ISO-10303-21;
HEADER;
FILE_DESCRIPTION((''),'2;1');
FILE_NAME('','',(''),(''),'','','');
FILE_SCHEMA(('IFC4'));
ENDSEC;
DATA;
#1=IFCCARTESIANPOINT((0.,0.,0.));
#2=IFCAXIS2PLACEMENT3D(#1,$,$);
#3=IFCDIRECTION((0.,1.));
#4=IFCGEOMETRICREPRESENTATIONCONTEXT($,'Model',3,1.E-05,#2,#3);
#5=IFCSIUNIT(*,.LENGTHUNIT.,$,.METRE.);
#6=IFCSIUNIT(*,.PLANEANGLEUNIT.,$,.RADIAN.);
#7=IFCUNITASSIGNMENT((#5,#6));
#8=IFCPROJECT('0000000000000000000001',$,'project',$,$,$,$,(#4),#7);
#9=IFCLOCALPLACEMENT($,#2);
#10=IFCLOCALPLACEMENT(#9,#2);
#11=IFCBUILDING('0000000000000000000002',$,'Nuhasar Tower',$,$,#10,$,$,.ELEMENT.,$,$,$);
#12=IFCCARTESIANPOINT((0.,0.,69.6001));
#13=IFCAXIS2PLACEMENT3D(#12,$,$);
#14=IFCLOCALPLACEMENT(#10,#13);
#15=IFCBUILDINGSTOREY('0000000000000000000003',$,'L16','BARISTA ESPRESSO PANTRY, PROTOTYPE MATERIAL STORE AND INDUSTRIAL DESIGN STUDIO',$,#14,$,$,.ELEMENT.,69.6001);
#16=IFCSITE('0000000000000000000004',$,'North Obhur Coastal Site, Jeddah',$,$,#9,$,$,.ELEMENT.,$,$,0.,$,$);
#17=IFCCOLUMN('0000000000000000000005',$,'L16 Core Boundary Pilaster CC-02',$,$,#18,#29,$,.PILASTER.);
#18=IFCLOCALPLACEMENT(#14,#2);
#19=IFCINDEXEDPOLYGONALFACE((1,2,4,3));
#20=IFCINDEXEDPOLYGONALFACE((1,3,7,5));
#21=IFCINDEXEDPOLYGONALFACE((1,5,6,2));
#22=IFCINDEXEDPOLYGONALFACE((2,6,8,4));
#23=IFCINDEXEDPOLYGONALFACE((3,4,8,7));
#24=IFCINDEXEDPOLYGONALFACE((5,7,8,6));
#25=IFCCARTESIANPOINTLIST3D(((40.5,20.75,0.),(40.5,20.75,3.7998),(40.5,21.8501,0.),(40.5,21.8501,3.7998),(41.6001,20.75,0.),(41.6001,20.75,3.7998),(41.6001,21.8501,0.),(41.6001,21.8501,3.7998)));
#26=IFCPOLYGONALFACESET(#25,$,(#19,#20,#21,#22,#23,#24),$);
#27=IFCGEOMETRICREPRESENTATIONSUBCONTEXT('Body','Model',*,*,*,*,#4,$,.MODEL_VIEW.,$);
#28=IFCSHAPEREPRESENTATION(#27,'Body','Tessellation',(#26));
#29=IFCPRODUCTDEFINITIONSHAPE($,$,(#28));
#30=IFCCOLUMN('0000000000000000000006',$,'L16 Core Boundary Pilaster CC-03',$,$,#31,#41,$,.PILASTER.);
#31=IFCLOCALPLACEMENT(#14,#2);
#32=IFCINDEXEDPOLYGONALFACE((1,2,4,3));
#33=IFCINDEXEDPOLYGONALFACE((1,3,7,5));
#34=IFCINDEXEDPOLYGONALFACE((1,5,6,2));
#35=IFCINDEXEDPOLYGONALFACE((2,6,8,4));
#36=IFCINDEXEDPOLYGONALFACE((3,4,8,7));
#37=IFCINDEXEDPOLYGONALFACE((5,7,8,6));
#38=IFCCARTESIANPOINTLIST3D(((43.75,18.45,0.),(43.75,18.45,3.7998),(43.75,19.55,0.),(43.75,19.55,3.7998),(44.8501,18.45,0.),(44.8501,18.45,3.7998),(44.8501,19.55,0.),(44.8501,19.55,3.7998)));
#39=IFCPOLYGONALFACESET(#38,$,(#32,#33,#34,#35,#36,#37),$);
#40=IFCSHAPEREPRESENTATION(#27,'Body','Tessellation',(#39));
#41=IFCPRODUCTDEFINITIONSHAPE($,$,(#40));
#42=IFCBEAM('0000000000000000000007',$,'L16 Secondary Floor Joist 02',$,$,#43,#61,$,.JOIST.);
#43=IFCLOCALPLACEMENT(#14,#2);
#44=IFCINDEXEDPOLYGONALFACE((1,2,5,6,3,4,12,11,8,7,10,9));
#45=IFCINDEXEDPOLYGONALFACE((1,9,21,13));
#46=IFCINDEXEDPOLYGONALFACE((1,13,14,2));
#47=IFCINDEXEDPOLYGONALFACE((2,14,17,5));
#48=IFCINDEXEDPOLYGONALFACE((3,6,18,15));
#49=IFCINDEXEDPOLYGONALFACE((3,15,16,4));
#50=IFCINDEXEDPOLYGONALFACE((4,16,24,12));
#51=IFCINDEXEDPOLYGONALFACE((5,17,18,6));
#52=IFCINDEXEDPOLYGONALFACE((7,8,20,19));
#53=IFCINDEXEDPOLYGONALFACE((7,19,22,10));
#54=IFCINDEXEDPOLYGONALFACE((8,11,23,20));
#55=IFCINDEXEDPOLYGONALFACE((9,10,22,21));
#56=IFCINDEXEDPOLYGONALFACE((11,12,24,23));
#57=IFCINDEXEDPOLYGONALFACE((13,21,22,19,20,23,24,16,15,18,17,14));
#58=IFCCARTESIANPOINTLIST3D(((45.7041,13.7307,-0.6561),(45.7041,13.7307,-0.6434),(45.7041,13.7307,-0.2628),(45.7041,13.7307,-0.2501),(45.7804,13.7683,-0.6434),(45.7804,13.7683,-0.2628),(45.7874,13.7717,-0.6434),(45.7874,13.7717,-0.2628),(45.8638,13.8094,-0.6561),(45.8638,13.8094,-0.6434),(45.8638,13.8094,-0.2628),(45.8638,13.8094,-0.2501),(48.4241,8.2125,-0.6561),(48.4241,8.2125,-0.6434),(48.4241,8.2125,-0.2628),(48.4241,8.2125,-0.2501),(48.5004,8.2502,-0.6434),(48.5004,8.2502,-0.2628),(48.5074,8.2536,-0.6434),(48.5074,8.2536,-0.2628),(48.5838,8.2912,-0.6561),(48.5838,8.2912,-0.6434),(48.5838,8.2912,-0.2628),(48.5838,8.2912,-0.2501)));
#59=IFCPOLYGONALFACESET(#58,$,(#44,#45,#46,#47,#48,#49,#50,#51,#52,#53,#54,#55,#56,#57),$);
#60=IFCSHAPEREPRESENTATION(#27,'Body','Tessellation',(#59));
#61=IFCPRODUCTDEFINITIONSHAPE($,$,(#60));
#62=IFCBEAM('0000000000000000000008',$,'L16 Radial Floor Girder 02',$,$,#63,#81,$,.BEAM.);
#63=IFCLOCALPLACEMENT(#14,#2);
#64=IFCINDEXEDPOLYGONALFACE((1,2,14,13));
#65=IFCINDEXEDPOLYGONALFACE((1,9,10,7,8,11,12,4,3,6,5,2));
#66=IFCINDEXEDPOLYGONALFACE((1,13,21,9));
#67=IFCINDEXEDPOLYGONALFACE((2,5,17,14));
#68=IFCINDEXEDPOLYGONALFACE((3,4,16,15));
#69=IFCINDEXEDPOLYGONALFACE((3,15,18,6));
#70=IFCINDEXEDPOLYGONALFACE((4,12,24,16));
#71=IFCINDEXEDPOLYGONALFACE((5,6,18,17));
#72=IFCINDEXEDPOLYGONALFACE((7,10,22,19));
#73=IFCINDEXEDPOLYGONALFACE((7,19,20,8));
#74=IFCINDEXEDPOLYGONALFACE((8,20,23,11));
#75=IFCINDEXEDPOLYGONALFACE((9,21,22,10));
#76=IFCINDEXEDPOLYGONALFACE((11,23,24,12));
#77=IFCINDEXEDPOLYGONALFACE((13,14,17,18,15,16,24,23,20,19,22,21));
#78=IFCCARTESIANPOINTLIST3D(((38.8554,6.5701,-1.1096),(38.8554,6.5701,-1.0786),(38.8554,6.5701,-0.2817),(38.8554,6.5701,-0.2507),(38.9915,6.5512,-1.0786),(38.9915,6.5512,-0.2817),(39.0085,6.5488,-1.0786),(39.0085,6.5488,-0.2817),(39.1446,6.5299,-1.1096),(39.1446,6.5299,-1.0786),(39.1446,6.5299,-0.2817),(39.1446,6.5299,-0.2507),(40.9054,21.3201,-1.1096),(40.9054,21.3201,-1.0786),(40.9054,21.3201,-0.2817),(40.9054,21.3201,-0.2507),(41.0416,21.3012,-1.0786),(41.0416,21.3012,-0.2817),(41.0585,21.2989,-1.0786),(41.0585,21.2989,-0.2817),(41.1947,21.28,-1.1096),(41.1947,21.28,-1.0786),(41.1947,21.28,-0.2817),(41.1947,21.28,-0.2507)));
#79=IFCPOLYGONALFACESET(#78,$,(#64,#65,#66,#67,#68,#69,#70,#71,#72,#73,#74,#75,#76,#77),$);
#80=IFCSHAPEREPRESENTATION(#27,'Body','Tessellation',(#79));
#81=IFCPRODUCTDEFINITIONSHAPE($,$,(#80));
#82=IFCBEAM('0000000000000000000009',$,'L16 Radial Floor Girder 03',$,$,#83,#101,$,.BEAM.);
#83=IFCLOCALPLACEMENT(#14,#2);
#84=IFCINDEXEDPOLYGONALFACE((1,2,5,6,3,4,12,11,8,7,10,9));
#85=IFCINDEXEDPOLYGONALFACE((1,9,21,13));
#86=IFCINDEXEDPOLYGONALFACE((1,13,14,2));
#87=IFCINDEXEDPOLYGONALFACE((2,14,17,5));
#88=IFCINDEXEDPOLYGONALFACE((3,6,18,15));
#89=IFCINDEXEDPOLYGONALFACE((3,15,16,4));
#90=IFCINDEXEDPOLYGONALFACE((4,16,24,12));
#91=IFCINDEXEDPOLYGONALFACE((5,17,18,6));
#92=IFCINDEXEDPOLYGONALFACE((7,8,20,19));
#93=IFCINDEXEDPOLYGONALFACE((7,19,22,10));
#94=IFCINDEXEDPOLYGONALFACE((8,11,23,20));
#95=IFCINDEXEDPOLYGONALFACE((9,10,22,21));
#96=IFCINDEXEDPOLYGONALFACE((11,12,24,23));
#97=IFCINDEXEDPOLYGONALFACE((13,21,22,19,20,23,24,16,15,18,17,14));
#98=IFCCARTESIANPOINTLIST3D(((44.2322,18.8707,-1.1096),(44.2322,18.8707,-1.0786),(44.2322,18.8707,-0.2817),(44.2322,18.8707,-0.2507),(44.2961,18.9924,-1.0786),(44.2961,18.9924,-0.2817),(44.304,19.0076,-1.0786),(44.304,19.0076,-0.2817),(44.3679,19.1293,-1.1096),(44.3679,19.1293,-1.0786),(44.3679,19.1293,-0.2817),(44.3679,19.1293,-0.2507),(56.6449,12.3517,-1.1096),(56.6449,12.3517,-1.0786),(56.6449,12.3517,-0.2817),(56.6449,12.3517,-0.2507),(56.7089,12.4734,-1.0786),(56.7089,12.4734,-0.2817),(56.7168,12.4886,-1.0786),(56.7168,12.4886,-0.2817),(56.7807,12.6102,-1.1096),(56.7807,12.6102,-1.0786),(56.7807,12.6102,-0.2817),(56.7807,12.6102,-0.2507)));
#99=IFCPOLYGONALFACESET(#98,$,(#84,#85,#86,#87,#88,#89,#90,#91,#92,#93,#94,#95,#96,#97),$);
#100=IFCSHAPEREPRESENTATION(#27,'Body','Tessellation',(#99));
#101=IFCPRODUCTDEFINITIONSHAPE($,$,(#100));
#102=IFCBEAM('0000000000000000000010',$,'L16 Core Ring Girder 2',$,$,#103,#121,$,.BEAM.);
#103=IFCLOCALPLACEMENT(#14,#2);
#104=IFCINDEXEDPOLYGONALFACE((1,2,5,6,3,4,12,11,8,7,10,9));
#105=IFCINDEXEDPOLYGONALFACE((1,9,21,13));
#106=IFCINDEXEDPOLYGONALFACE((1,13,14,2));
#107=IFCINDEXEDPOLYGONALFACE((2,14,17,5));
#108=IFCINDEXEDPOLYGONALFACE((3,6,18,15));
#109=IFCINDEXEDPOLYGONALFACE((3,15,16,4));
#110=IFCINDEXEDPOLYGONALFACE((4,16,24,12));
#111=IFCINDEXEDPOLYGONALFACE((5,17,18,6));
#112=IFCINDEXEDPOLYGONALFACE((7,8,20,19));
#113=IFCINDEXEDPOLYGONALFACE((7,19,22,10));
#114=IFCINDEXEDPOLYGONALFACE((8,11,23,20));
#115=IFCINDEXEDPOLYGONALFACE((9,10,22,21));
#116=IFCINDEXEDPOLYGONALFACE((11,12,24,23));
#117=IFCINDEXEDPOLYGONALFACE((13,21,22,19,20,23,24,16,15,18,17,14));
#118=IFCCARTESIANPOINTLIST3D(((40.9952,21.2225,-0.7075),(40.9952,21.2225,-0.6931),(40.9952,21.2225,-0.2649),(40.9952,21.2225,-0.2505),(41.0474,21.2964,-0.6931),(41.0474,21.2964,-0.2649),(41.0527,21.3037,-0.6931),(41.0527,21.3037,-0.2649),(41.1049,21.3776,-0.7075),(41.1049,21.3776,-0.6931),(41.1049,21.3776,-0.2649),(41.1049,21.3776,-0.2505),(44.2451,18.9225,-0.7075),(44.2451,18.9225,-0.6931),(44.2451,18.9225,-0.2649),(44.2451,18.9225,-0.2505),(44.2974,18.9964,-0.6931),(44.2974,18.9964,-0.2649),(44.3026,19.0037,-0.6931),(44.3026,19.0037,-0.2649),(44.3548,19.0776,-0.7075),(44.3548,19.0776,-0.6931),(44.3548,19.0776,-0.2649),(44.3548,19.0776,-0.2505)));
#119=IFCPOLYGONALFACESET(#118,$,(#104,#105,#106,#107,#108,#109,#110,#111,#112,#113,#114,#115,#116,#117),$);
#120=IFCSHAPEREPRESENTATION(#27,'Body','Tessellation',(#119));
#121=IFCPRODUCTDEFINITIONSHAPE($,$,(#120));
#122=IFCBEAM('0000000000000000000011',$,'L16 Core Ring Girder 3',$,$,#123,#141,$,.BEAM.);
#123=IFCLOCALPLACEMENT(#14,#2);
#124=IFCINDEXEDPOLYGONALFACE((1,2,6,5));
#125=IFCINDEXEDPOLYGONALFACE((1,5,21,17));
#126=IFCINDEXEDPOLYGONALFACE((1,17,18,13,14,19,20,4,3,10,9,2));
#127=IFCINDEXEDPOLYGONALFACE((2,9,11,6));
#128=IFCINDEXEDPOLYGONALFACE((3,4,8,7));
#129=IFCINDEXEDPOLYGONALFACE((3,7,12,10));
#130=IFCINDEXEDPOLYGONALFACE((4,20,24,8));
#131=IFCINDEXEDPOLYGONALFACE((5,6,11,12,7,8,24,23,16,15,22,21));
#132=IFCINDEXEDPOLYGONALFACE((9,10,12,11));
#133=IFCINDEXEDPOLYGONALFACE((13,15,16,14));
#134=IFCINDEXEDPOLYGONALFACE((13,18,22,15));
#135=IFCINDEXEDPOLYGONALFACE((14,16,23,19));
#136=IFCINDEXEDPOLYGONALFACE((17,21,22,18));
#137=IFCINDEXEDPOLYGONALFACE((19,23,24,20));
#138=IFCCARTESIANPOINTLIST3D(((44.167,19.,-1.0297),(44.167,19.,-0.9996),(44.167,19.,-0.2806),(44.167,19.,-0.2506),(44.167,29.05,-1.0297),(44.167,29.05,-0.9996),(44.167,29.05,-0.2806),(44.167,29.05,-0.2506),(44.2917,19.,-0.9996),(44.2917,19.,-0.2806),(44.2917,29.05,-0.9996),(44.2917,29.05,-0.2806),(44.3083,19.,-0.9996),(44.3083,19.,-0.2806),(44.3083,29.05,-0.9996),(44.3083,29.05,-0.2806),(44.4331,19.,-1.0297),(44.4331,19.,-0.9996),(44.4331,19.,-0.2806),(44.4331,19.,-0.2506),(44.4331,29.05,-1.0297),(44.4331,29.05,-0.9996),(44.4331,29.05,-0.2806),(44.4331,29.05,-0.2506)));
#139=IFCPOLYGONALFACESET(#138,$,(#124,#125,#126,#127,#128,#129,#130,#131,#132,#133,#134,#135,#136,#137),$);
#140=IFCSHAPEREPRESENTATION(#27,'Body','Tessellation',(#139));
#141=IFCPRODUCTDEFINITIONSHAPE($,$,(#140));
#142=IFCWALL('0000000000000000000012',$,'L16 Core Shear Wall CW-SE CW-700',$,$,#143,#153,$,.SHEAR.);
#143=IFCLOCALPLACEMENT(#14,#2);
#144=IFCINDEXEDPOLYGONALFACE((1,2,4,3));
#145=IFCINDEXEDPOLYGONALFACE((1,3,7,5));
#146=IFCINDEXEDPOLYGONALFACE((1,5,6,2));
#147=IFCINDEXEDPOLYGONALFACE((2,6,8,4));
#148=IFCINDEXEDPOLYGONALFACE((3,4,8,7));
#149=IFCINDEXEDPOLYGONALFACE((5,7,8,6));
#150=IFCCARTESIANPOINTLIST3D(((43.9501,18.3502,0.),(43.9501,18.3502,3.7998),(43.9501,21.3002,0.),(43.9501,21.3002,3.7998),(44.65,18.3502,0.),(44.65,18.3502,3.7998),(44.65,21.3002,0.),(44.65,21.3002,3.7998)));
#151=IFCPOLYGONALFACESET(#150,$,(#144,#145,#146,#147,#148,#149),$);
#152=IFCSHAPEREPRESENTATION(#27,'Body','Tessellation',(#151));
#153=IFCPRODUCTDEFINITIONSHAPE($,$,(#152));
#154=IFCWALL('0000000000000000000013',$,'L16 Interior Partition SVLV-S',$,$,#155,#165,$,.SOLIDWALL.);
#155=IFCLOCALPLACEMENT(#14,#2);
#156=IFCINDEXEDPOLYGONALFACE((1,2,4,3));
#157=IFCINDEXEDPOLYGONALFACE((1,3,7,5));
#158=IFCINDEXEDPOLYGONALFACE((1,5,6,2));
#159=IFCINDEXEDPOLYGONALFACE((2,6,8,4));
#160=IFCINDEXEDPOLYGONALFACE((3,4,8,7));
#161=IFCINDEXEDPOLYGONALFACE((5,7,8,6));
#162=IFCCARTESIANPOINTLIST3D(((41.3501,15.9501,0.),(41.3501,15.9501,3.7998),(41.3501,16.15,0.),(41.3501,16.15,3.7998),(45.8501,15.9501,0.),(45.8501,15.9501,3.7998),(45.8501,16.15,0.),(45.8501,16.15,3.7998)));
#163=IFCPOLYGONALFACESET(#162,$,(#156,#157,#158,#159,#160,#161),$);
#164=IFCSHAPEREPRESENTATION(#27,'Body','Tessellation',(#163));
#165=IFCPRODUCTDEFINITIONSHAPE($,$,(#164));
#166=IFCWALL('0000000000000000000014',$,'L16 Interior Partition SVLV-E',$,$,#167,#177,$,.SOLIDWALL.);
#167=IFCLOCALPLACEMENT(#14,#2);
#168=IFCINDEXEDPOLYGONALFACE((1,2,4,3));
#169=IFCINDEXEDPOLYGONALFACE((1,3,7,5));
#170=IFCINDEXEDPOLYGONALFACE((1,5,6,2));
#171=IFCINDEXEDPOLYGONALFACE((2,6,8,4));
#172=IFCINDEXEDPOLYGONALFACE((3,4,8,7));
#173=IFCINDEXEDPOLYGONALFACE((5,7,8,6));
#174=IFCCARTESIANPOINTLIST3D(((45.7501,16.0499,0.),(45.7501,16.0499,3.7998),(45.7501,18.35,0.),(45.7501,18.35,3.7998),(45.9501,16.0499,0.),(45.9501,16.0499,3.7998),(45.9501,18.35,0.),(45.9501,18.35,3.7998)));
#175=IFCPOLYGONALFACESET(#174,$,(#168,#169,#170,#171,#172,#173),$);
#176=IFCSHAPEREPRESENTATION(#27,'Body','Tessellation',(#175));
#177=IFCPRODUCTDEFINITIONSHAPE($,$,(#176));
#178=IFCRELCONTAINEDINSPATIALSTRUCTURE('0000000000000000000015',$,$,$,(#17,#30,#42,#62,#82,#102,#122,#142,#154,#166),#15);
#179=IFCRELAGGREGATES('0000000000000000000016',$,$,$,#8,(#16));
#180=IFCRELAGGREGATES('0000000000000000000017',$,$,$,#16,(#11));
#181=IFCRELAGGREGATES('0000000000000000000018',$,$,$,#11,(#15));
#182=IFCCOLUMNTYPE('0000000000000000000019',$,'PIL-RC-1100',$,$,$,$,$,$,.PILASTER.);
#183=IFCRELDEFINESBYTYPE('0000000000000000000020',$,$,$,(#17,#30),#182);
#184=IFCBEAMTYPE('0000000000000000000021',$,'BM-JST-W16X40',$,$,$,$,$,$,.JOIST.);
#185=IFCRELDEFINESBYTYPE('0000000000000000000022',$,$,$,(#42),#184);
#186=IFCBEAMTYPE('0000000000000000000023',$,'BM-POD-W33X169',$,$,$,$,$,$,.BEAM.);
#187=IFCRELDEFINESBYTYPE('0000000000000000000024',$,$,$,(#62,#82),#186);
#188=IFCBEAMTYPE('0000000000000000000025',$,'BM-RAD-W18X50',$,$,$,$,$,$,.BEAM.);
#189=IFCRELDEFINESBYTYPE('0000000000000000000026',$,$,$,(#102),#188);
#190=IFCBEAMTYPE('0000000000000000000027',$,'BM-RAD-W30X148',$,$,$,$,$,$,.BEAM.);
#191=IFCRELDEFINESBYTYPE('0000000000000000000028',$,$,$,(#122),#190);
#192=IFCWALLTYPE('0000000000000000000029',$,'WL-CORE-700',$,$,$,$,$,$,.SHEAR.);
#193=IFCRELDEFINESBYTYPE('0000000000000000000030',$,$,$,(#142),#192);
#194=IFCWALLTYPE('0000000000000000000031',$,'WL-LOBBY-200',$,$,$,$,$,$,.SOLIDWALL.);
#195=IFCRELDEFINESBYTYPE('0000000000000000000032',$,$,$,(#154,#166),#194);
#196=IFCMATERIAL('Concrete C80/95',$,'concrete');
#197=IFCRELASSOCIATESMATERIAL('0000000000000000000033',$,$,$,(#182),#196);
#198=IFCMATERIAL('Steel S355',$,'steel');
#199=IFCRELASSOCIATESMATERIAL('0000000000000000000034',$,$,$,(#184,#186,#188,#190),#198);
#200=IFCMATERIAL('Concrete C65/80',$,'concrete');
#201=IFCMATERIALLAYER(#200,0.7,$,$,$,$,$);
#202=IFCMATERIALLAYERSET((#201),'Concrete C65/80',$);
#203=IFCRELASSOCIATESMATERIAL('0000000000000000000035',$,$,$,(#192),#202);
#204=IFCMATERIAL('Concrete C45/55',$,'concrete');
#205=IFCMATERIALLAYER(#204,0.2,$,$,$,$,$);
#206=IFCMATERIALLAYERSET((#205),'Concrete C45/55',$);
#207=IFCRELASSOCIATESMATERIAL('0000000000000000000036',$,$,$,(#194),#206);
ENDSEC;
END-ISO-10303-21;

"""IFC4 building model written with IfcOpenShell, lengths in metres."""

from ifc_helpers import new_model, si_unit, direction, frame, frame_2d, origin, origin_2d, place, context, subcontext, project, spatial, rectangle, i_section, extrude, material, layer, layer_set, material_profile, profile_set, type_object, element, save


model = new_model("IFC4")

# Units and contexts
model_context = context("Model", 3, precision=1e-05, world=origin(), true_north=direction((0.0, 1.0)))
body_context = subcontext(model_context, "Body", "Model", "MODEL_VIEW")
ifc_project = project(units=[si_unit("LENGTHUNIT", "METRE"), si_unit("PLANEANGLEUNIT", "RADIAN")], contexts=[model_context])

# Site, building, storey
site_placement = place(None, origin())
site = spatial("IfcSite", under=ifc_project, at=site_placement, Name="North Obhur Coastal Site, Jeddah", CompositionType="ELEMENT", RefElevation=0.0)
building_placement = place(site_placement, origin())
building = spatial("IfcBuilding", under=site, at=building_placement, Name="Nuhasar Tower", CompositionType="ELEMENT")
storey_placement = place(building_placement, frame((0.0, 0.0, 69.6001)))
storey = spatial("IfcBuildingStorey", under=building, at=storey_placement, Name="L16", Description="BARISTA ESPRESSO PANTRY, PROTOTYPE MATERIAL STORE AND INDUSTRIAL DESIGN STUDIO", CompositionType="ELEMENT", Elevation=69.6001)

# Columns
ifc_material_1 = material(Name="Concrete C80/95", Category="concrete")
ifc_material_profile_1 = material_profile(ifc_material_1, rectangle(XDim=1.1001, YDim=1.1001, at=origin_2d()), Name="RC1100X1100")
ifc_profile_set_1 = profile_set([ifc_material_profile_1], Name="Concrete C80/95")
column_type = type_object("IfcColumnType", Name="PIL-RC-1100", PredefinedType="PILASTER", material=ifc_profile_set_1)
for number, where, z_axis, x_axis, name in (
    (1, (41.05, 21.3, 0.0), (0.0, 0.0, 1.0), (1.0, 0.0, 0.0), "L16 Core Boundary Pilaster CC-02"),
    (2, (44.3, 19.0, 0.0), (0.0, 0.0, 1.0), (1.0, 0.0, 0.0), "L16 Core Boundary Pilaster CC-03"),
):
    element("IfcColumn", number, at=place(storey_placement, frame(where, z_axis=z_axis, x_axis=x_axis)), inside=storey, type_object=column_type, Name=name, PredefinedType="PILASTER", context=body_context, shape_type="SweptSolid", body=[
        extrude(rectangle(XDim=1.1001, YDim=1.1001, at=origin_2d()), origin(), (0.0, 0.0, 1.0), 3.7998),
    ])

# Beams
ifc_material_2 = material(Name="Steel S355", Category="steel")
ifc_material_profile_2 = material_profile(ifc_material_2, i_section(OverallWidth=0.178, OverallDepth=0.406, WebThickness=0.0078, FlangeThickness=0.0127, at=origin_2d()), Name="W16X40")
ifc_profile_set_2 = profile_set([ifc_material_profile_2], Name="Steel S355")
beam_type_1 = type_object("IfcBeamType", Name="BM-JST-W16X40", PredefinedType="JOIST", material=ifc_profile_set_2)
beam_1_placement = place(storey_placement, frame((45.7839, 13.77, -0.4531), z_axis=(0.442127, -0.896953, 0.0), x_axis=(0.896953, 0.442127, 0.0)))
element("IfcBeam", 3, at=beam_1_placement, inside=storey, type_object=beam_type_1, Name="L16 Secondary Floor Joist 02", PredefinedType="JOIST", context=body_context, shape_type="SweptSolid", body=[
    extrude(i_section(OverallWidth=0.178, OverallDepth=0.406, WebThickness=0.0078, FlangeThickness=0.0127, at=origin_2d()), origin(), (0.0, 0.0, 1.0), 6.1521),
])
ifc_material_profile_3 = material_profile(ifc_material_2, i_section(OverallWidth=0.292, OverallDepth=0.8589, WebThickness=0.0171, FlangeThickness=0.031, at=origin_2d()), Name="W33X169")
ifc_profile_set_3 = profile_set([ifc_material_profile_3], Name="Steel S355")
beam_type_2 = type_object("IfcBeamType", Name="BM-POD-W33X169", PredefinedType="BEAM", material=ifc_profile_set_3)
beam_2_placement = place(storey_placement, frame((41.05, 21.3, -0.6802), z_axis=(-0.137663, -0.990479, 0.0), x_axis=(0.990479, -0.137663, 0.0)))
element("IfcBeam", 4, at=beam_2_placement, inside=storey, type_object=beam_type_2, Name="L16 Radial Floor Girder 02", PredefinedType="BEAM", context=body_context, shape_type="SweptSolid", body=[
    extrude(i_section(OverallWidth=0.292, OverallDepth=0.8589, WebThickness=0.0171, FlangeThickness=0.031, at=origin_2d()), origin(), (0.0, 0.0, 1.0), 14.8918),
])
beam_3_placement = place(storey_placement, frame((44.3, 19.0, -0.6802), z_axis=(0.88533, -0.464963, 0.0), x_axis=(0.464963, 0.88533, 0.0)))
element("IfcBeam", 5, at=beam_3_placement, inside=storey, type_object=beam_type_2, Name="L16 Radial Floor Girder 03", PredefinedType="BEAM", context=body_context, shape_type="SweptSolid", body=[
    extrude(i_section(OverallWidth=0.292, OverallDepth=0.8589, WebThickness=0.0171, FlangeThickness=0.031, at=origin_2d()), origin(), (0.0, 0.0, 1.0), 14.0205),
])
ifc_material_profile_4 = material_profile(ifc_material_2, i_section(OverallWidth=0.1899, OverallDepth=0.457, WebThickness=0.009, FlangeThickness=0.0144, at=origin_2d()), Name="W18X50")
ifc_profile_set_4 = profile_set([ifc_material_profile_4], Name="Steel S355")
beam_type_3 = type_object("IfcBeamType", Name="BM-RAD-W18X50", PredefinedType="BEAM", material=ifc_profile_set_4)
beam_4_placement = place(storey_placement, frame((41.05, 21.3, -0.479), z_axis=(0.816265, -0.577677, 0.0), x_axis=(0.577677, 0.816265, 0.0)))
element("IfcBeam", 6, at=beam_4_placement, inside=storey, type_object=beam_type_3, Name="L16 Core Ring Girder 2", PredefinedType="BEAM", context=body_context, shape_type="SweptSolid", body=[
    extrude(i_section(OverallWidth=0.1899, OverallDepth=0.457, WebThickness=0.009, FlangeThickness=0.0144, at=origin_2d()), origin(), (0.0, 0.0, 1.0), 3.9814),
])
ifc_material_profile_5 = material_profile(ifc_material_2, i_section(OverallWidth=0.2661, OverallDepth=0.7791, WebThickness=0.0166, FlangeThickness=0.03, at=origin_2d()), Name="W30X148")
ifc_profile_set_5 = profile_set([ifc_material_profile_5], Name="Steel S355")
beam_type_4 = type_object("IfcBeamType", Name="BM-RAD-W30X148", PredefinedType="BEAM", material=ifc_profile_set_5)
beam_5_placement = place(storey_placement, frame((44.3, 19.0, -0.6401), z_axis=(0.0, 1.0, 0.0), x_axis=(-1.0, 0.0, 0.0)))
element("IfcBeam", 7, at=beam_5_placement, inside=storey, type_object=beam_type_4, Name="L16 Core Ring Girder 3", PredefinedType="BEAM", context=body_context, shape_type="SweptSolid", body=[
    extrude(i_section(OverallWidth=0.2661, OverallDepth=0.7791, WebThickness=0.0166, FlangeThickness=0.03, at=origin_2d()), origin(), (0.0, 0.0, 1.0), 10.05),
])

# Wall
ifc_material_3 = material(Name="Concrete C65/80", Category="concrete")
ifc_layer_1 = layer(ifc_material_3, 0.7)
ifc_layer_set_1 = layer_set([ifc_layer_1], Name="Concrete C65/80")
wall_type_1 = type_object("IfcWallType", Name="WL-CORE-700", PredefinedType="SHEAR", material=ifc_layer_set_1)
wall_1_placement = place(storey_placement, frame((44.3, 18.3501, 0.0), z_axis=(0.0, 0.0, 1.0), x_axis=(0.0, 1.0, 0.0)))
element("IfcWall", 8, at=wall_1_placement, inside=storey, type_object=wall_type_1, Name="L16 Core Shear Wall CW-SE CW-700", PredefinedType="SHEAR", context=body_context, shape_type="SweptSolid", body=[
    extrude(rectangle(XDim=2.95, YDim=0.7, at=frame_2d((1.4751, 0.0))), origin(), (0.0, 0.0, 1.0), 3.7998),
])

# Shared definitions
ifc_material_4 = material(Name="Concrete C45/55", Category="concrete")
ifc_layer_2 = layer(ifc_material_4, 0.2)
ifc_layer_set_2 = layer_set([ifc_layer_2], Name="Concrete C45/55")
wall_type_2 = type_object("IfcWallType", Name="WL-LOBBY-200", PredefinedType="SOLIDWALL", material=ifc_layer_set_2)

# Walls
wall_2_placement = place(storey_placement, frame((41.3501, 16.05, 0.0), z_axis=(0.0, 0.0, 1.0), x_axis=(1.0, 0.0, 0.0)))
element("IfcWall", 9, at=wall_2_placement, inside=storey, type_object=wall_type_2, Name="L16 Interior Partition SVLV-S", PredefinedType="SOLIDWALL", context=body_context, shape_type="SweptSolid", body=[
    extrude(rectangle(XDim=4.5, YDim=0.2, at=frame_2d((2.25, 0.0))), origin(), (0.0, 0.0, 1.0), 3.7998),
])
wall_3_placement = place(storey_placement, frame((45.8501, 16.05, 0.0), z_axis=(0.0, 0.0, 1.0), x_axis=(0.0, 1.0, 0.0)))
element("IfcWall", 10, at=wall_3_placement, inside=storey, type_object=wall_type_2, Name="L16 Interior Partition SVLV-E", PredefinedType="SOLIDWALL", context=body_context, shape_type="SweptSolid", body=[
    extrude(rectangle(XDim=2.3, YDim=0.2, at=frame_2d((1.1499, 0.0))), origin(), (0.0, 0.0, 1.0), 3.7998),
])

save(model, "model.ifc")
